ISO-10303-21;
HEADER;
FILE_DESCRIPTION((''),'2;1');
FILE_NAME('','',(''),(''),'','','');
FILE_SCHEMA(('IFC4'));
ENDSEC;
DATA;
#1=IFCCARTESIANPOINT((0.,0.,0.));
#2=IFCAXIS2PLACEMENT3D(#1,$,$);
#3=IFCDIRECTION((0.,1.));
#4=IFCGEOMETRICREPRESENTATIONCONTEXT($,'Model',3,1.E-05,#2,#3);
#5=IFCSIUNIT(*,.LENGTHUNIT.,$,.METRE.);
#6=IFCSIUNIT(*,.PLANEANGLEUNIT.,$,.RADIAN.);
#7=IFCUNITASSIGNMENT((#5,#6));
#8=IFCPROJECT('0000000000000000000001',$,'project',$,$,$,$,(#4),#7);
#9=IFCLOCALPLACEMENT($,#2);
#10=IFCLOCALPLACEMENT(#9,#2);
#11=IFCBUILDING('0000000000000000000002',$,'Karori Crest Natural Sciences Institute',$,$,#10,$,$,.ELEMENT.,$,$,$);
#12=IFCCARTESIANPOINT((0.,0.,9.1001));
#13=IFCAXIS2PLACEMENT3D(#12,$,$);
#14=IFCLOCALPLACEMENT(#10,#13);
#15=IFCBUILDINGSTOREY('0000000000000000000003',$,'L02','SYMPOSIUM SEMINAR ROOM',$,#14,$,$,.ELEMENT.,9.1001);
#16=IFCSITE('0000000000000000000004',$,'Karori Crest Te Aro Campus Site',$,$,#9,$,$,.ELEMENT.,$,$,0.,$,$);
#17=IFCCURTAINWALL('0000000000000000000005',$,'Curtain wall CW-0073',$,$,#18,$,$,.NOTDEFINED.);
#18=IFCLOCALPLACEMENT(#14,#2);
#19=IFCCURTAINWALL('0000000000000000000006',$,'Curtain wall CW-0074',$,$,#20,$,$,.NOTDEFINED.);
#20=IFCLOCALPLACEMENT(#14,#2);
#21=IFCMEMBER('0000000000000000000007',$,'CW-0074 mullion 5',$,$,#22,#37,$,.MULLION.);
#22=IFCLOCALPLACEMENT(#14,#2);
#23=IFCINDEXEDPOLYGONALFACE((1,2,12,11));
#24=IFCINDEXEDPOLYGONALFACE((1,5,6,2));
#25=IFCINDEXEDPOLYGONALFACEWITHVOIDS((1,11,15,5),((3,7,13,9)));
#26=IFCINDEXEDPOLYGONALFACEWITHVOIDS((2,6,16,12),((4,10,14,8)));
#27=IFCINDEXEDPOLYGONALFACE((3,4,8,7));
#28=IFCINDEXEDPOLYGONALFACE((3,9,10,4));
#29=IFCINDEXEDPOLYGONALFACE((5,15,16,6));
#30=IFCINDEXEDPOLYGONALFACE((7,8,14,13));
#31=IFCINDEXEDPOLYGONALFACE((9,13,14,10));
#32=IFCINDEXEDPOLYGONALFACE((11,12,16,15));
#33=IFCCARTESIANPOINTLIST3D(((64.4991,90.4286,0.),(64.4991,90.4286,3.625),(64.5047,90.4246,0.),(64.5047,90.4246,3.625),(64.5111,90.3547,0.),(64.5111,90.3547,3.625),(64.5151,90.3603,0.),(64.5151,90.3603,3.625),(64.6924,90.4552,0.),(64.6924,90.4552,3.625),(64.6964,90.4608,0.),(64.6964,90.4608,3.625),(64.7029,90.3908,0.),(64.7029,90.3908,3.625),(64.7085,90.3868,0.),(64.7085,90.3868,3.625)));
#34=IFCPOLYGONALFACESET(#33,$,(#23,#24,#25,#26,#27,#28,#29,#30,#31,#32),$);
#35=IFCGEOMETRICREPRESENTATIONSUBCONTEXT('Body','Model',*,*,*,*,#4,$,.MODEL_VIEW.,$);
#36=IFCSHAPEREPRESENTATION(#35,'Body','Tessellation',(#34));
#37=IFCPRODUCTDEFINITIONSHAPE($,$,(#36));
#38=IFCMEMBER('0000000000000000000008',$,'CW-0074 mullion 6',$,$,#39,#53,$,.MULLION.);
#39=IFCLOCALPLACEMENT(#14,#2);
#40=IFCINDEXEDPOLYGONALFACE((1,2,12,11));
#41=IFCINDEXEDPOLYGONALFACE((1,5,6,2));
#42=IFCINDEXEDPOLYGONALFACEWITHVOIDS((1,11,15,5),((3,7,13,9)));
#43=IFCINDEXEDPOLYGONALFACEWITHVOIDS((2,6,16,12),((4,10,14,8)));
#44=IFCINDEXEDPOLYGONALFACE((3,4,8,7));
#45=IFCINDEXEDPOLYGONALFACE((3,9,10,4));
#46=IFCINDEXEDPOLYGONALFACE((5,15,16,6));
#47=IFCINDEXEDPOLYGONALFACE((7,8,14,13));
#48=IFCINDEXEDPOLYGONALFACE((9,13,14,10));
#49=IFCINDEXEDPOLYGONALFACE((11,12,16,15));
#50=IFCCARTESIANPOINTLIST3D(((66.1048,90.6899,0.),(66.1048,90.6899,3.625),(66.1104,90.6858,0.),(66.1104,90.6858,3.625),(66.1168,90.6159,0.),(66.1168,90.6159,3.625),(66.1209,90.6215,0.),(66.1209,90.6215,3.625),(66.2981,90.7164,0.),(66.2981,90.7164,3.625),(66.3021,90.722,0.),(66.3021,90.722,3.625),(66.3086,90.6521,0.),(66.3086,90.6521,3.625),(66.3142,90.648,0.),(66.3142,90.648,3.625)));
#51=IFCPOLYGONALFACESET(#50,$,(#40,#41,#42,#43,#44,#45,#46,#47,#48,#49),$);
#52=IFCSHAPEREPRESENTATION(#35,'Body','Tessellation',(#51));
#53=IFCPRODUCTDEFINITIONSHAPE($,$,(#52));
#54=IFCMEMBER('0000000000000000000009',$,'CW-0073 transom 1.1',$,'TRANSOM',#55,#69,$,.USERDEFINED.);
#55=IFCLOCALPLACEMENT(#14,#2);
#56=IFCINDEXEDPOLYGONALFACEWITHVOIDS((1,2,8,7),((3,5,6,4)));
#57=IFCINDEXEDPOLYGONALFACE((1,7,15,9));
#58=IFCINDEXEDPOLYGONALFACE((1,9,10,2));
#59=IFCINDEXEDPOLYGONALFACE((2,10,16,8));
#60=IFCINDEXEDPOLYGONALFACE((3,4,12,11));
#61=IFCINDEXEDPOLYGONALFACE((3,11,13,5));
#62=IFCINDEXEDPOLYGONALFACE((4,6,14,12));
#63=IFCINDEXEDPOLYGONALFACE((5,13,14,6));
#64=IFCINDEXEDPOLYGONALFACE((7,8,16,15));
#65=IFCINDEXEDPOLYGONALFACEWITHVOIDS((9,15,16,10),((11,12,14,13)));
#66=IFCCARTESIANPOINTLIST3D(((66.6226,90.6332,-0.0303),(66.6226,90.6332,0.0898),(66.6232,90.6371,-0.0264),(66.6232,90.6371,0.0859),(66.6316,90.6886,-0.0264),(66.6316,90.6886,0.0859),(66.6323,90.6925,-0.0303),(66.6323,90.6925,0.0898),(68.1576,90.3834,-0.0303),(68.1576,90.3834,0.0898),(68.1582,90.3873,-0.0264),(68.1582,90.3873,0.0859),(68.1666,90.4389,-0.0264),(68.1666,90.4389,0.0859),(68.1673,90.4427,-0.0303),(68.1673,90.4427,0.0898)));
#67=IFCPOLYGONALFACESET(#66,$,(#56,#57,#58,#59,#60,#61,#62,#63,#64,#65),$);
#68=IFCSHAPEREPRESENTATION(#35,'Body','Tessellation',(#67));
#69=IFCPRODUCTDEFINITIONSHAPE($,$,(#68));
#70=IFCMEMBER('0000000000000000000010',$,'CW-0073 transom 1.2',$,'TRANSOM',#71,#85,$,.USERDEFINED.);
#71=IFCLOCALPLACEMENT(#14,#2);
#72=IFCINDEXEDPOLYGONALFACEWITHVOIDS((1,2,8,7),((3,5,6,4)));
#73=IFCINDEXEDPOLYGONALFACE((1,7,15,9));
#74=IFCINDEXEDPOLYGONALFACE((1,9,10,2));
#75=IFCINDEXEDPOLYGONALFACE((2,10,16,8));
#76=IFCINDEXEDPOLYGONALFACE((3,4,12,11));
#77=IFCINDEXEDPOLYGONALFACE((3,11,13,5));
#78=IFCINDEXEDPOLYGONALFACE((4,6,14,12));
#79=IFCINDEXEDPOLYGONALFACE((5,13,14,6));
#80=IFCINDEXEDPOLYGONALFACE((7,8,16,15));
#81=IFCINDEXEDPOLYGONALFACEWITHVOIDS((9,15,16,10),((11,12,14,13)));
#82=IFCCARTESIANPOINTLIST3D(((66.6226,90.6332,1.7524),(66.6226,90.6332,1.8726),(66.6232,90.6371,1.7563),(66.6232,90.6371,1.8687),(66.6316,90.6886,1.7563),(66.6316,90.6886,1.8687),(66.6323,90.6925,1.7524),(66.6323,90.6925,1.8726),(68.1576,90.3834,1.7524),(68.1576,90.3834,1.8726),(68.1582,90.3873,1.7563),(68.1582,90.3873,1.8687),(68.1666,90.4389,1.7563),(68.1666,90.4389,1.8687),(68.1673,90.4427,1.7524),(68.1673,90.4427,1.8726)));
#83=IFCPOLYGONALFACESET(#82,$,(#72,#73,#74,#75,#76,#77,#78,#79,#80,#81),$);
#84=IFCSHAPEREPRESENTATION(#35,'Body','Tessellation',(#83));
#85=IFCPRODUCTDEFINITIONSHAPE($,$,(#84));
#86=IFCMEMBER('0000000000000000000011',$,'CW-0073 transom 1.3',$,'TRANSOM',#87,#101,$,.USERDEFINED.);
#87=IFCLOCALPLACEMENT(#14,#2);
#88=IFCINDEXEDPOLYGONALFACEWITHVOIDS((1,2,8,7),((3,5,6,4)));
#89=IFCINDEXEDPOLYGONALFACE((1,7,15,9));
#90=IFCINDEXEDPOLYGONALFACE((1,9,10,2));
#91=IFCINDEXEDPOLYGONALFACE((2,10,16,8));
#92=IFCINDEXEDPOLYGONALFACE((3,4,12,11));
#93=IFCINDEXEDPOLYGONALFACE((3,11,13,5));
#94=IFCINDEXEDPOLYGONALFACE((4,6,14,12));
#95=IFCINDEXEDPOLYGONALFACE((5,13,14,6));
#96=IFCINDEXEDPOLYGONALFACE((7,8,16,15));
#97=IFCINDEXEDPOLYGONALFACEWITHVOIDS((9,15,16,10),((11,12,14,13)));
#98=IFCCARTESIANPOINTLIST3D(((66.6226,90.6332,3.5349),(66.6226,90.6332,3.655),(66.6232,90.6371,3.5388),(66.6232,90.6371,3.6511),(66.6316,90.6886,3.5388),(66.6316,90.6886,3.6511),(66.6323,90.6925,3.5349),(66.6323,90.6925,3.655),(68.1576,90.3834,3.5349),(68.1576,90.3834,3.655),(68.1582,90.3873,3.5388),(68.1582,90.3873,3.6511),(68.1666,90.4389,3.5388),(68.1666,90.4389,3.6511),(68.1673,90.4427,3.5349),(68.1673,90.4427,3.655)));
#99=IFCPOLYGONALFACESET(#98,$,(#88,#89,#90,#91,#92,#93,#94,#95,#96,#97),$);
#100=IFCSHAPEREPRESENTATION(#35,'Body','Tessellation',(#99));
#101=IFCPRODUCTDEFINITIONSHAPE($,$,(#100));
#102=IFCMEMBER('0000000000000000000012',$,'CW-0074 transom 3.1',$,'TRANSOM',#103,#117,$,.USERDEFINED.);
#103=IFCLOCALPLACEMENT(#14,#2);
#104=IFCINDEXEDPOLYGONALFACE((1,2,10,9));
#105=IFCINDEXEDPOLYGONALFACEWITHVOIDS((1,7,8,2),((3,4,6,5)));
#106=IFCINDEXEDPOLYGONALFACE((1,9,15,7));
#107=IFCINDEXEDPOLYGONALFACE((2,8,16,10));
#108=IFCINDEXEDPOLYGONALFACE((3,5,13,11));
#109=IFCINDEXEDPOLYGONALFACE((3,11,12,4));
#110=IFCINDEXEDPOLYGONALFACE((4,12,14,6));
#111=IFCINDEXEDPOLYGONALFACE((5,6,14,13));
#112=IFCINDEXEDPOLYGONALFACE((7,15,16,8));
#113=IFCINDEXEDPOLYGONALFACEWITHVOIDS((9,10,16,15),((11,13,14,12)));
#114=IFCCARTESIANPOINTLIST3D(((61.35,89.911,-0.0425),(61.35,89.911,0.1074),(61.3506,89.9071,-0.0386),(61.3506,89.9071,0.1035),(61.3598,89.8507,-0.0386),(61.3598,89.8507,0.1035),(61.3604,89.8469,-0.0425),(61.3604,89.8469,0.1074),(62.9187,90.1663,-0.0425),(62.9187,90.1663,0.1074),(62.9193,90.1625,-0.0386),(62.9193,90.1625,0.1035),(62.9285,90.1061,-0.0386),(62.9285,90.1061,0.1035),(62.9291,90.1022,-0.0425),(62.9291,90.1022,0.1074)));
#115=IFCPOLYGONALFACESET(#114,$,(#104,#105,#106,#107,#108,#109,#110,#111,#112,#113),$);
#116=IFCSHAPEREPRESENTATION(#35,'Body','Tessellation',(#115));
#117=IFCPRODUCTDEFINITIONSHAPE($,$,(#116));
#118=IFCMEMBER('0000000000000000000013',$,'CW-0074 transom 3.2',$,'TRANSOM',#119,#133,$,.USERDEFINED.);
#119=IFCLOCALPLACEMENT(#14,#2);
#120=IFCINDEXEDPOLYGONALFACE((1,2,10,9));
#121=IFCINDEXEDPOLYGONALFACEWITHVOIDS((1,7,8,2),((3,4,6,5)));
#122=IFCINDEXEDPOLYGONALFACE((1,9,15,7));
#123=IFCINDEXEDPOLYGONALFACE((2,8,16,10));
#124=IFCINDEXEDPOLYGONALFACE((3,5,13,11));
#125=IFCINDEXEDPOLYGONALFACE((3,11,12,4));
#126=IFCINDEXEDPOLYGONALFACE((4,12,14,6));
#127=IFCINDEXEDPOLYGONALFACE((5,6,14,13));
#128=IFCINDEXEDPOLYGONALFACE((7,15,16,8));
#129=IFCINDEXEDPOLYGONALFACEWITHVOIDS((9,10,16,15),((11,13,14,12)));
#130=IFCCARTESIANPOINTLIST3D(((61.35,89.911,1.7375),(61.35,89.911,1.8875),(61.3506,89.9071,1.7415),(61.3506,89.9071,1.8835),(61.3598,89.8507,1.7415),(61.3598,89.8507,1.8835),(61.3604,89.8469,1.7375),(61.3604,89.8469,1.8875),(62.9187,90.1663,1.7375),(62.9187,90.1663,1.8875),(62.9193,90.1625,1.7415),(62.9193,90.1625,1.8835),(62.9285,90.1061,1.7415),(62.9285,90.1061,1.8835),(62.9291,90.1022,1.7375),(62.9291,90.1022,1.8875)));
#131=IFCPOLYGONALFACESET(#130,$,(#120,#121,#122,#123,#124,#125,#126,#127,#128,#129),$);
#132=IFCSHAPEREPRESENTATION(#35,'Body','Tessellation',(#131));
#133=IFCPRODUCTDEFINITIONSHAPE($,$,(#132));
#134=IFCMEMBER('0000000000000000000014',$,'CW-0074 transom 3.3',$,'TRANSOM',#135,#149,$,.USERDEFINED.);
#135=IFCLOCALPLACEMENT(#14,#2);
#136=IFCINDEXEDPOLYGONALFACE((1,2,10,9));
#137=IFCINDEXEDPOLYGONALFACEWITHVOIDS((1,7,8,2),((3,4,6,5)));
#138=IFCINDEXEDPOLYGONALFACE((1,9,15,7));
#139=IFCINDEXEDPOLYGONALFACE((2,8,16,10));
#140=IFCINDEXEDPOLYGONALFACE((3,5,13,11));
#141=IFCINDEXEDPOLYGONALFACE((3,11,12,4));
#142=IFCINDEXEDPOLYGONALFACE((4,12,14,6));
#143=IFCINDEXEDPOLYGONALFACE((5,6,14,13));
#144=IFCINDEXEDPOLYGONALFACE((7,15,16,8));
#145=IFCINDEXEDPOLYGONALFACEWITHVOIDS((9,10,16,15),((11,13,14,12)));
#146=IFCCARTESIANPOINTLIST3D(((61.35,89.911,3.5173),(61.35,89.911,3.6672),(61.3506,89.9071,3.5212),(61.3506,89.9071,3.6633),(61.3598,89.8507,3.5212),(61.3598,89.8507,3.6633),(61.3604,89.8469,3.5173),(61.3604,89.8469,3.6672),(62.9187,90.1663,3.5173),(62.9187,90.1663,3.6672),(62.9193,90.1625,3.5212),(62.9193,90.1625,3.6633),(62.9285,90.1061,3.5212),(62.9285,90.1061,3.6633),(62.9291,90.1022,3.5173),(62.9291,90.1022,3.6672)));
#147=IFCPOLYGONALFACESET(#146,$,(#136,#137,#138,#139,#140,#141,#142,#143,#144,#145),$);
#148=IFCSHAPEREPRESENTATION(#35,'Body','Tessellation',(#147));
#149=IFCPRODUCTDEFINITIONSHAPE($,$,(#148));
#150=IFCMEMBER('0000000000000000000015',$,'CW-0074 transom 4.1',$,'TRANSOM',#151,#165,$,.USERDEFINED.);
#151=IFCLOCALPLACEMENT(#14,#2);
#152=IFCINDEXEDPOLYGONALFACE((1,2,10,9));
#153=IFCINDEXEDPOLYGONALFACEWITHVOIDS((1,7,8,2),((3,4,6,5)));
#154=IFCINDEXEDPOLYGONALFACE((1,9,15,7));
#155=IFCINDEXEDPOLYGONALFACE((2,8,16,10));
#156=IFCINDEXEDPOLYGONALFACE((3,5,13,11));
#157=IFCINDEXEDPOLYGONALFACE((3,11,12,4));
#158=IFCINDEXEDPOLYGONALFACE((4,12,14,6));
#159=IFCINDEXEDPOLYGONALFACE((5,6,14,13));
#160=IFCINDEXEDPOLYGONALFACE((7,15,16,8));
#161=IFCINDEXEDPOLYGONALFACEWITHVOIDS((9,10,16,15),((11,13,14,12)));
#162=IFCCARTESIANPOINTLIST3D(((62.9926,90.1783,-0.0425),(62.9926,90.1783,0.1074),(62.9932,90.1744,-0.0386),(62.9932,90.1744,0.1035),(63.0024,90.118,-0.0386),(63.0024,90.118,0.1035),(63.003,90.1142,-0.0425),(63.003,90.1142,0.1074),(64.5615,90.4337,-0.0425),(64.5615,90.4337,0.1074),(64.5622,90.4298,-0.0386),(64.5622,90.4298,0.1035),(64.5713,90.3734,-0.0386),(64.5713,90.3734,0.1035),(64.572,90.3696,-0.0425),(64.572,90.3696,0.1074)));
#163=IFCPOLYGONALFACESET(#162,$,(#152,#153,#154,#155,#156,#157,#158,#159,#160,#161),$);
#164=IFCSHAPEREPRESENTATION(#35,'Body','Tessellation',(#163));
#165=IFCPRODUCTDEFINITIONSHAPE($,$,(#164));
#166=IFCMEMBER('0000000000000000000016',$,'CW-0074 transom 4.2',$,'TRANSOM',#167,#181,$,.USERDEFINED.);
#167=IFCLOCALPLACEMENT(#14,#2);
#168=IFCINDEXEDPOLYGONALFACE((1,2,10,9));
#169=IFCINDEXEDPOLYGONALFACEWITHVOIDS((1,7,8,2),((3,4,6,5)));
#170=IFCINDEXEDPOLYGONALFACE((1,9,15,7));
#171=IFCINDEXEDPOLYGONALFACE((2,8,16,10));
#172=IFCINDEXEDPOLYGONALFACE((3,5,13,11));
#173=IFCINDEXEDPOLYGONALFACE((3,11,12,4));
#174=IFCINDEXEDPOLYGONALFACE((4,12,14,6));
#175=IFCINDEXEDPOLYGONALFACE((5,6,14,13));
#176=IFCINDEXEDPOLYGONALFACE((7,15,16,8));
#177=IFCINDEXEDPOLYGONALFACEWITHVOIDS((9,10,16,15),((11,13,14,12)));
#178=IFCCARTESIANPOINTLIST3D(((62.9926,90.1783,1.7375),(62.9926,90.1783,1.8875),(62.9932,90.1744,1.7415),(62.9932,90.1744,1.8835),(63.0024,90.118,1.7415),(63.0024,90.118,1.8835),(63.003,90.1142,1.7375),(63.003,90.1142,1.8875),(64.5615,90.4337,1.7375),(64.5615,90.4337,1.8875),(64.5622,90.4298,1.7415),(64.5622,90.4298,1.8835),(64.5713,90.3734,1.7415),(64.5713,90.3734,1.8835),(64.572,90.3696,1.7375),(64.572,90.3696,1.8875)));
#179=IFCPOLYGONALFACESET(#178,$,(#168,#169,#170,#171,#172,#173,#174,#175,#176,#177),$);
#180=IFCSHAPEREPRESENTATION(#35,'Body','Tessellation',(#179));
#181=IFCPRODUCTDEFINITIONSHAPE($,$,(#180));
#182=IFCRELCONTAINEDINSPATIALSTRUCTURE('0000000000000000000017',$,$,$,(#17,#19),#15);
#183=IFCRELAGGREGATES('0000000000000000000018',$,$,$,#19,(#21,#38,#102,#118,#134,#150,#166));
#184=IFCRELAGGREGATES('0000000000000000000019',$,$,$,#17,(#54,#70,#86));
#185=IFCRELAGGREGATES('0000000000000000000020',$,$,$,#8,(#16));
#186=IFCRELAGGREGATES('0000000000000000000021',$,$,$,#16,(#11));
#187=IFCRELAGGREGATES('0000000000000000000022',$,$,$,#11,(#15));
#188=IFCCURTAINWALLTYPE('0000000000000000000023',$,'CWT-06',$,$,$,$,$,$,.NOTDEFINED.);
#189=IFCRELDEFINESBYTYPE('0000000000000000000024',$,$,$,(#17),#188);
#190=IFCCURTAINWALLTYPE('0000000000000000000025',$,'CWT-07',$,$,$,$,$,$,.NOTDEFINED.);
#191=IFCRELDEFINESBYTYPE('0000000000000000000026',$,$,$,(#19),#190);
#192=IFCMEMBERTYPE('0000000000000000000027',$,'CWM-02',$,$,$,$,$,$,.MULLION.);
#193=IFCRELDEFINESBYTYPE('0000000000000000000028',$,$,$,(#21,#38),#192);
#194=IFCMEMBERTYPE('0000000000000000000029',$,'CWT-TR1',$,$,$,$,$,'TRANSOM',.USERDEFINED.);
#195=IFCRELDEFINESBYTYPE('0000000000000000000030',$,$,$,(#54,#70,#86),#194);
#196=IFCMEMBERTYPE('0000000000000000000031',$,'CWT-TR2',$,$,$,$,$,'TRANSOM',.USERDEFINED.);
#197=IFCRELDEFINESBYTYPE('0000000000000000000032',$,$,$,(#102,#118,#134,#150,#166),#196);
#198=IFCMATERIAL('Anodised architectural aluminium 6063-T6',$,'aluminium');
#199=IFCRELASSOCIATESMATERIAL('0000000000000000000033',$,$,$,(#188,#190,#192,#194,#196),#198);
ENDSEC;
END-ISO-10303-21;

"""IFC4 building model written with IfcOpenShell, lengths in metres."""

from ifc_helpers import new_model, si_unit, direction, frame, origin, origin_2d, place, context, subcontext, project, spatial, hollow_rectangle, extrude, material, material_profile, profile_set, type_object, element, aggregate, save


model = new_model("IFC4")

# Units and contexts
model_context = context("Model", 3, precision=1e-05, world=origin(), true_north=direction((0.0, 1.0)))
body_context = subcontext(model_context, "Body", "Model", "MODEL_VIEW")
ifc_project = project(units=[si_unit("LENGTHUNIT", "METRE"), si_unit("PLANEANGLEUNIT", "RADIAN")], contexts=[model_context])

# Site, building, storey
site_placement = place(None, origin())
site = spatial("IfcSite", under=ifc_project, at=site_placement, Name="Karori Crest Te Aro Campus Site", CompositionType="ELEMENT", RefElevation=0.0)
building_placement = place(site_placement, origin())
building = spatial("IfcBuilding", under=site, at=building_placement, Name="Karori Crest Natural Sciences Institute", CompositionType="ELEMENT")
storey_placement = place(building_placement, frame((0.0, 0.0, 9.1001)))
storey = spatial("IfcBuildingStorey", under=building, at=storey_placement, Name="L02", Description="SYMPOSIUM SEMINAR ROOM", CompositionType="ELEMENT", Elevation=9.1001)

# Curtain walls, members
ifc_material_1 = material(Name="Anodised architectural aluminium 6063-T6", Category="aluminium")
curtain_wall_type_1 = type_object("IfcCurtainWallType", Name="CWT-06", PredefinedType="NOTDEFINED", material=ifc_material_1)
curtain_wall_1_placement = place(storey_placement, origin())
curtain_wall_1 = element("IfcCurtainWall", 1, at=curtain_wall_1_placement, inside=storey, type_object=curtain_wall_type_1, Name="Curtain wall CW-0073", PredefinedType="NOTDEFINED")
ifc_material_profile_1 = material_profile(ifc_material_1, hollow_rectangle(XDim=0.075, YDim=0.2, WallThickness=0.0049, at=origin_2d()), Name="CWM200x75x5")
ifc_profile_set_1 = profile_set([ifc_material_profile_1], Name="Anodised architectural aluminium 6063-T6")
member_type_1 = type_object("IfcMemberType", Name="CWM-02", PredefinedType="MULLION", material=ifc_profile_set_1)
curtain_wall_type_2 = type_object("IfcCurtainWallType", Name="CWT-07", PredefinedType="NOTDEFINED", material=ifc_material_1)
curtain_wall_2_placement = place(storey_placement, origin())
curtain_wall_2 = element("IfcCurtainWall", 2, at=curtain_wall_2_placement, inside=storey, type_object=curtain_wall_type_2, Name="Curtain wall CW-0074", PredefinedType="NOTDEFINED")
member_1_placement = place(storey_placement, frame((64.6038, 90.4077, 0.0), z_axis=(0.0, 0.0, 1.0), x_axis=(-0.160657, 0.98701, 0.0)))
member_1 = element("IfcMember", 3, at=member_1_placement, type_object=member_type_1, Name="CW-0074 mullion 5", PredefinedType="MULLION", context=body_context, shape_type="SweptSolid", body=[
    extrude(hollow_rectangle(XDim=0.075, YDim=0.2, WallThickness=0.0049, at=origin_2d()), origin(), (0.0, 0.0, 1.0), 3.625),
])
member_2_placement = place(storey_placement, frame((66.2095, 90.6689, 0.0), z_axis=(0.0, 0.0, 1.0), x_axis=(-0.160657, 0.98701, 0.0)))
member_2 = element("IfcMember", 4, at=member_2_placement, type_object=member_type_1, Name="CW-0074 mullion 6", PredefinedType="MULLION", context=body_context, shape_type="SweptSolid", body=[
    extrude(hollow_rectangle(XDim=0.075, YDim=0.2, WallThickness=0.0049, at=origin_2d()), origin(), (0.0, 0.0, 1.0), 3.625),
])

# Members
ifc_material_profile_2 = material_profile(ifc_material_1, hollow_rectangle(XDim=0.0601, YDim=0.1201, WallThickness=0.0039, at=origin_2d()), Name="CWT120x60x4")
ifc_profile_set_2 = profile_set([ifc_material_profile_2], Name="Anodised architectural aluminium 6063-T6")
member_type_2 = type_object("IfcMemberType", Name="CWT-TR1", ElementType="TRANSOM", PredefinedType="USERDEFINED", material=ifc_profile_set_2)
member_3_placement = place(storey_placement, frame((66.6274, 90.6628, 0.0298), z_axis=(0.987019, -0.160604, 0.0), x_axis=(0.160604, 0.987019, 0.0)))
member_3 = element("IfcMember", 5, at=member_3_placement, type_object=member_type_2, Name="CW-0073 transom 1.1", ObjectType="TRANSOM", PredefinedType="USERDEFINED", context=body_context, shape_type="SweptSolid", body=[
    extrude(hollow_rectangle(XDim=0.0601, YDim=0.1201, WallThickness=0.0039, at=origin_2d()), origin(), (0.0, 0.0, 1.0), 1.5552),
])
member_4_placement = place(storey_placement, frame((66.6274, 90.6628, 1.8125), z_axis=(0.987019, -0.160604, 0.0), x_axis=(0.160604, 0.987019, 0.0)))
member_4 = element("IfcMember", 6, at=member_4_placement, type_object=member_type_2, Name="CW-0073 transom 1.2", ObjectType="TRANSOM", PredefinedType="USERDEFINED", context=body_context, shape_type="SweptSolid", body=[
    extrude(hollow_rectangle(XDim=0.0601, YDim=0.1201, WallThickness=0.0039, at=origin_2d()), origin(), (0.0, 0.0, 1.0), 1.5552),
])
member_5_placement = place(storey_placement, frame((66.6274, 90.6628, 3.595), z_axis=(0.987019, -0.160604, 0.0), x_axis=(0.160604, 0.987019, 0.0)))
member_5 = element("IfcMember", 7, at=member_5_placement, type_object=member_type_2, Name="CW-0073 transom 1.3", ObjectType="TRANSOM", PredefinedType="USERDEFINED", context=body_context, shape_type="SweptSolid", body=[
    extrude(hollow_rectangle(XDim=0.0601, YDim=0.1201, WallThickness=0.0039, at=origin_2d()), origin(), (0.0, 0.0, 1.0), 1.5552),
])
ifc_material_profile_3 = material_profile(ifc_material_1, hollow_rectangle(XDim=0.0649, YDim=0.1499, WallThickness=0.0039, at=origin_2d()), Name="CWT150x65x4")
ifc_profile_set_3 = profile_set([ifc_material_profile_3], Name="Anodised architectural aluminium 6063-T6")
member_type_3 = type_object("IfcMemberType", Name="CWT-TR2", ElementType="TRANSOM", PredefinedType="USERDEFINED", material=ifc_profile_set_3)
member_6_placement = place(storey_placement, frame((61.3552, 89.8789, 0.0325), z_axis=(0.987006, 0.160686, 0.0), x_axis=(-0.160686, 0.987006, 0.0)))
member_6 = element("IfcMember", 8, at=member_6_placement, type_object=member_type_3, Name="CW-0074 transom 3.1", ObjectType="TRANSOM", PredefinedType="USERDEFINED", context=body_context, shape_type="SweptSolid", body=[
    extrude(hollow_rectangle(XDim=0.0649, YDim=0.1499, WallThickness=0.0039, at=origin_2d()), origin(), (0.0, 0.0, 1.0), 1.5894),
])
member_7_placement = place(storey_placement, frame((61.3552, 89.8789, 1.8125), z_axis=(0.987006, 0.160686, 0.0), x_axis=(-0.160686, 0.987006, 0.0)))
member_7 = element("IfcMember", 9, at=member_7_placement, type_object=member_type_3, Name="CW-0074 transom 3.2", ObjectType="TRANSOM", PredefinedType="USERDEFINED", context=body_context, shape_type="SweptSolid", body=[
    extrude(hollow_rectangle(XDim=0.0649, YDim=0.1499, WallThickness=0.0039, at=origin_2d()), origin(), (0.0, 0.0, 1.0), 1.5894),
])
member_8_placement = place(storey_placement, frame((61.3552, 89.8789, 3.5923), z_axis=(0.987006, 0.160686, 0.0), x_axis=(-0.160686, 0.987006, 0.0)))
member_8 = element("IfcMember", 10, at=member_8_placement, type_object=member_type_3, Name="CW-0074 transom 3.3", ObjectType="TRANSOM", PredefinedType="USERDEFINED", context=body_context, shape_type="SweptSolid", body=[
    extrude(hollow_rectangle(XDim=0.0649, YDim=0.1499, WallThickness=0.0039, at=origin_2d()), origin(), (0.0, 0.0, 1.0), 1.5894),
])
member_9_placement = place(storey_placement, frame((62.9978, 90.1462, 0.0325), z_axis=(0.98701, 0.160662, 0.0), x_axis=(-0.160662, 0.98701, 0.0)))
member_9 = element("IfcMember", 11, at=member_9_placement, type_object=member_type_3, Name="CW-0074 transom 4.1", ObjectType="TRANSOM", PredefinedType="USERDEFINED", context=body_context, shape_type="SweptSolid", body=[
    extrude(hollow_rectangle(XDim=0.0649, YDim=0.1499, WallThickness=0.0039, at=origin_2d()), origin(), (0.0, 0.0, 1.0), 1.5896),
])
member_10_placement = place(storey_placement, frame((62.9978, 90.1462, 1.8125), z_axis=(0.98701, 0.160662, 0.0), x_axis=(-0.160662, 0.98701, 0.0)))
member_10 = element("IfcMember", 12, at=member_10_placement, type_object=member_type_3, Name="CW-0074 transom 4.2", ObjectType="TRANSOM", PredefinedType="USERDEFINED", context=body_context, shape_type="SweptSolid", body=[
    extrude(hollow_rectangle(XDim=0.0649, YDim=0.1499, WallThickness=0.0039, at=origin_2d()), origin(), (0.0, 0.0, 1.0), 1.5896),
])

aggregate(curtain_wall_2, [member_1, member_2, member_6, member_7, member_8, member_9, member_10])
aggregate(curtain_wall_1, [member_3, member_4, member_5])

save(model, "model.ifc")
